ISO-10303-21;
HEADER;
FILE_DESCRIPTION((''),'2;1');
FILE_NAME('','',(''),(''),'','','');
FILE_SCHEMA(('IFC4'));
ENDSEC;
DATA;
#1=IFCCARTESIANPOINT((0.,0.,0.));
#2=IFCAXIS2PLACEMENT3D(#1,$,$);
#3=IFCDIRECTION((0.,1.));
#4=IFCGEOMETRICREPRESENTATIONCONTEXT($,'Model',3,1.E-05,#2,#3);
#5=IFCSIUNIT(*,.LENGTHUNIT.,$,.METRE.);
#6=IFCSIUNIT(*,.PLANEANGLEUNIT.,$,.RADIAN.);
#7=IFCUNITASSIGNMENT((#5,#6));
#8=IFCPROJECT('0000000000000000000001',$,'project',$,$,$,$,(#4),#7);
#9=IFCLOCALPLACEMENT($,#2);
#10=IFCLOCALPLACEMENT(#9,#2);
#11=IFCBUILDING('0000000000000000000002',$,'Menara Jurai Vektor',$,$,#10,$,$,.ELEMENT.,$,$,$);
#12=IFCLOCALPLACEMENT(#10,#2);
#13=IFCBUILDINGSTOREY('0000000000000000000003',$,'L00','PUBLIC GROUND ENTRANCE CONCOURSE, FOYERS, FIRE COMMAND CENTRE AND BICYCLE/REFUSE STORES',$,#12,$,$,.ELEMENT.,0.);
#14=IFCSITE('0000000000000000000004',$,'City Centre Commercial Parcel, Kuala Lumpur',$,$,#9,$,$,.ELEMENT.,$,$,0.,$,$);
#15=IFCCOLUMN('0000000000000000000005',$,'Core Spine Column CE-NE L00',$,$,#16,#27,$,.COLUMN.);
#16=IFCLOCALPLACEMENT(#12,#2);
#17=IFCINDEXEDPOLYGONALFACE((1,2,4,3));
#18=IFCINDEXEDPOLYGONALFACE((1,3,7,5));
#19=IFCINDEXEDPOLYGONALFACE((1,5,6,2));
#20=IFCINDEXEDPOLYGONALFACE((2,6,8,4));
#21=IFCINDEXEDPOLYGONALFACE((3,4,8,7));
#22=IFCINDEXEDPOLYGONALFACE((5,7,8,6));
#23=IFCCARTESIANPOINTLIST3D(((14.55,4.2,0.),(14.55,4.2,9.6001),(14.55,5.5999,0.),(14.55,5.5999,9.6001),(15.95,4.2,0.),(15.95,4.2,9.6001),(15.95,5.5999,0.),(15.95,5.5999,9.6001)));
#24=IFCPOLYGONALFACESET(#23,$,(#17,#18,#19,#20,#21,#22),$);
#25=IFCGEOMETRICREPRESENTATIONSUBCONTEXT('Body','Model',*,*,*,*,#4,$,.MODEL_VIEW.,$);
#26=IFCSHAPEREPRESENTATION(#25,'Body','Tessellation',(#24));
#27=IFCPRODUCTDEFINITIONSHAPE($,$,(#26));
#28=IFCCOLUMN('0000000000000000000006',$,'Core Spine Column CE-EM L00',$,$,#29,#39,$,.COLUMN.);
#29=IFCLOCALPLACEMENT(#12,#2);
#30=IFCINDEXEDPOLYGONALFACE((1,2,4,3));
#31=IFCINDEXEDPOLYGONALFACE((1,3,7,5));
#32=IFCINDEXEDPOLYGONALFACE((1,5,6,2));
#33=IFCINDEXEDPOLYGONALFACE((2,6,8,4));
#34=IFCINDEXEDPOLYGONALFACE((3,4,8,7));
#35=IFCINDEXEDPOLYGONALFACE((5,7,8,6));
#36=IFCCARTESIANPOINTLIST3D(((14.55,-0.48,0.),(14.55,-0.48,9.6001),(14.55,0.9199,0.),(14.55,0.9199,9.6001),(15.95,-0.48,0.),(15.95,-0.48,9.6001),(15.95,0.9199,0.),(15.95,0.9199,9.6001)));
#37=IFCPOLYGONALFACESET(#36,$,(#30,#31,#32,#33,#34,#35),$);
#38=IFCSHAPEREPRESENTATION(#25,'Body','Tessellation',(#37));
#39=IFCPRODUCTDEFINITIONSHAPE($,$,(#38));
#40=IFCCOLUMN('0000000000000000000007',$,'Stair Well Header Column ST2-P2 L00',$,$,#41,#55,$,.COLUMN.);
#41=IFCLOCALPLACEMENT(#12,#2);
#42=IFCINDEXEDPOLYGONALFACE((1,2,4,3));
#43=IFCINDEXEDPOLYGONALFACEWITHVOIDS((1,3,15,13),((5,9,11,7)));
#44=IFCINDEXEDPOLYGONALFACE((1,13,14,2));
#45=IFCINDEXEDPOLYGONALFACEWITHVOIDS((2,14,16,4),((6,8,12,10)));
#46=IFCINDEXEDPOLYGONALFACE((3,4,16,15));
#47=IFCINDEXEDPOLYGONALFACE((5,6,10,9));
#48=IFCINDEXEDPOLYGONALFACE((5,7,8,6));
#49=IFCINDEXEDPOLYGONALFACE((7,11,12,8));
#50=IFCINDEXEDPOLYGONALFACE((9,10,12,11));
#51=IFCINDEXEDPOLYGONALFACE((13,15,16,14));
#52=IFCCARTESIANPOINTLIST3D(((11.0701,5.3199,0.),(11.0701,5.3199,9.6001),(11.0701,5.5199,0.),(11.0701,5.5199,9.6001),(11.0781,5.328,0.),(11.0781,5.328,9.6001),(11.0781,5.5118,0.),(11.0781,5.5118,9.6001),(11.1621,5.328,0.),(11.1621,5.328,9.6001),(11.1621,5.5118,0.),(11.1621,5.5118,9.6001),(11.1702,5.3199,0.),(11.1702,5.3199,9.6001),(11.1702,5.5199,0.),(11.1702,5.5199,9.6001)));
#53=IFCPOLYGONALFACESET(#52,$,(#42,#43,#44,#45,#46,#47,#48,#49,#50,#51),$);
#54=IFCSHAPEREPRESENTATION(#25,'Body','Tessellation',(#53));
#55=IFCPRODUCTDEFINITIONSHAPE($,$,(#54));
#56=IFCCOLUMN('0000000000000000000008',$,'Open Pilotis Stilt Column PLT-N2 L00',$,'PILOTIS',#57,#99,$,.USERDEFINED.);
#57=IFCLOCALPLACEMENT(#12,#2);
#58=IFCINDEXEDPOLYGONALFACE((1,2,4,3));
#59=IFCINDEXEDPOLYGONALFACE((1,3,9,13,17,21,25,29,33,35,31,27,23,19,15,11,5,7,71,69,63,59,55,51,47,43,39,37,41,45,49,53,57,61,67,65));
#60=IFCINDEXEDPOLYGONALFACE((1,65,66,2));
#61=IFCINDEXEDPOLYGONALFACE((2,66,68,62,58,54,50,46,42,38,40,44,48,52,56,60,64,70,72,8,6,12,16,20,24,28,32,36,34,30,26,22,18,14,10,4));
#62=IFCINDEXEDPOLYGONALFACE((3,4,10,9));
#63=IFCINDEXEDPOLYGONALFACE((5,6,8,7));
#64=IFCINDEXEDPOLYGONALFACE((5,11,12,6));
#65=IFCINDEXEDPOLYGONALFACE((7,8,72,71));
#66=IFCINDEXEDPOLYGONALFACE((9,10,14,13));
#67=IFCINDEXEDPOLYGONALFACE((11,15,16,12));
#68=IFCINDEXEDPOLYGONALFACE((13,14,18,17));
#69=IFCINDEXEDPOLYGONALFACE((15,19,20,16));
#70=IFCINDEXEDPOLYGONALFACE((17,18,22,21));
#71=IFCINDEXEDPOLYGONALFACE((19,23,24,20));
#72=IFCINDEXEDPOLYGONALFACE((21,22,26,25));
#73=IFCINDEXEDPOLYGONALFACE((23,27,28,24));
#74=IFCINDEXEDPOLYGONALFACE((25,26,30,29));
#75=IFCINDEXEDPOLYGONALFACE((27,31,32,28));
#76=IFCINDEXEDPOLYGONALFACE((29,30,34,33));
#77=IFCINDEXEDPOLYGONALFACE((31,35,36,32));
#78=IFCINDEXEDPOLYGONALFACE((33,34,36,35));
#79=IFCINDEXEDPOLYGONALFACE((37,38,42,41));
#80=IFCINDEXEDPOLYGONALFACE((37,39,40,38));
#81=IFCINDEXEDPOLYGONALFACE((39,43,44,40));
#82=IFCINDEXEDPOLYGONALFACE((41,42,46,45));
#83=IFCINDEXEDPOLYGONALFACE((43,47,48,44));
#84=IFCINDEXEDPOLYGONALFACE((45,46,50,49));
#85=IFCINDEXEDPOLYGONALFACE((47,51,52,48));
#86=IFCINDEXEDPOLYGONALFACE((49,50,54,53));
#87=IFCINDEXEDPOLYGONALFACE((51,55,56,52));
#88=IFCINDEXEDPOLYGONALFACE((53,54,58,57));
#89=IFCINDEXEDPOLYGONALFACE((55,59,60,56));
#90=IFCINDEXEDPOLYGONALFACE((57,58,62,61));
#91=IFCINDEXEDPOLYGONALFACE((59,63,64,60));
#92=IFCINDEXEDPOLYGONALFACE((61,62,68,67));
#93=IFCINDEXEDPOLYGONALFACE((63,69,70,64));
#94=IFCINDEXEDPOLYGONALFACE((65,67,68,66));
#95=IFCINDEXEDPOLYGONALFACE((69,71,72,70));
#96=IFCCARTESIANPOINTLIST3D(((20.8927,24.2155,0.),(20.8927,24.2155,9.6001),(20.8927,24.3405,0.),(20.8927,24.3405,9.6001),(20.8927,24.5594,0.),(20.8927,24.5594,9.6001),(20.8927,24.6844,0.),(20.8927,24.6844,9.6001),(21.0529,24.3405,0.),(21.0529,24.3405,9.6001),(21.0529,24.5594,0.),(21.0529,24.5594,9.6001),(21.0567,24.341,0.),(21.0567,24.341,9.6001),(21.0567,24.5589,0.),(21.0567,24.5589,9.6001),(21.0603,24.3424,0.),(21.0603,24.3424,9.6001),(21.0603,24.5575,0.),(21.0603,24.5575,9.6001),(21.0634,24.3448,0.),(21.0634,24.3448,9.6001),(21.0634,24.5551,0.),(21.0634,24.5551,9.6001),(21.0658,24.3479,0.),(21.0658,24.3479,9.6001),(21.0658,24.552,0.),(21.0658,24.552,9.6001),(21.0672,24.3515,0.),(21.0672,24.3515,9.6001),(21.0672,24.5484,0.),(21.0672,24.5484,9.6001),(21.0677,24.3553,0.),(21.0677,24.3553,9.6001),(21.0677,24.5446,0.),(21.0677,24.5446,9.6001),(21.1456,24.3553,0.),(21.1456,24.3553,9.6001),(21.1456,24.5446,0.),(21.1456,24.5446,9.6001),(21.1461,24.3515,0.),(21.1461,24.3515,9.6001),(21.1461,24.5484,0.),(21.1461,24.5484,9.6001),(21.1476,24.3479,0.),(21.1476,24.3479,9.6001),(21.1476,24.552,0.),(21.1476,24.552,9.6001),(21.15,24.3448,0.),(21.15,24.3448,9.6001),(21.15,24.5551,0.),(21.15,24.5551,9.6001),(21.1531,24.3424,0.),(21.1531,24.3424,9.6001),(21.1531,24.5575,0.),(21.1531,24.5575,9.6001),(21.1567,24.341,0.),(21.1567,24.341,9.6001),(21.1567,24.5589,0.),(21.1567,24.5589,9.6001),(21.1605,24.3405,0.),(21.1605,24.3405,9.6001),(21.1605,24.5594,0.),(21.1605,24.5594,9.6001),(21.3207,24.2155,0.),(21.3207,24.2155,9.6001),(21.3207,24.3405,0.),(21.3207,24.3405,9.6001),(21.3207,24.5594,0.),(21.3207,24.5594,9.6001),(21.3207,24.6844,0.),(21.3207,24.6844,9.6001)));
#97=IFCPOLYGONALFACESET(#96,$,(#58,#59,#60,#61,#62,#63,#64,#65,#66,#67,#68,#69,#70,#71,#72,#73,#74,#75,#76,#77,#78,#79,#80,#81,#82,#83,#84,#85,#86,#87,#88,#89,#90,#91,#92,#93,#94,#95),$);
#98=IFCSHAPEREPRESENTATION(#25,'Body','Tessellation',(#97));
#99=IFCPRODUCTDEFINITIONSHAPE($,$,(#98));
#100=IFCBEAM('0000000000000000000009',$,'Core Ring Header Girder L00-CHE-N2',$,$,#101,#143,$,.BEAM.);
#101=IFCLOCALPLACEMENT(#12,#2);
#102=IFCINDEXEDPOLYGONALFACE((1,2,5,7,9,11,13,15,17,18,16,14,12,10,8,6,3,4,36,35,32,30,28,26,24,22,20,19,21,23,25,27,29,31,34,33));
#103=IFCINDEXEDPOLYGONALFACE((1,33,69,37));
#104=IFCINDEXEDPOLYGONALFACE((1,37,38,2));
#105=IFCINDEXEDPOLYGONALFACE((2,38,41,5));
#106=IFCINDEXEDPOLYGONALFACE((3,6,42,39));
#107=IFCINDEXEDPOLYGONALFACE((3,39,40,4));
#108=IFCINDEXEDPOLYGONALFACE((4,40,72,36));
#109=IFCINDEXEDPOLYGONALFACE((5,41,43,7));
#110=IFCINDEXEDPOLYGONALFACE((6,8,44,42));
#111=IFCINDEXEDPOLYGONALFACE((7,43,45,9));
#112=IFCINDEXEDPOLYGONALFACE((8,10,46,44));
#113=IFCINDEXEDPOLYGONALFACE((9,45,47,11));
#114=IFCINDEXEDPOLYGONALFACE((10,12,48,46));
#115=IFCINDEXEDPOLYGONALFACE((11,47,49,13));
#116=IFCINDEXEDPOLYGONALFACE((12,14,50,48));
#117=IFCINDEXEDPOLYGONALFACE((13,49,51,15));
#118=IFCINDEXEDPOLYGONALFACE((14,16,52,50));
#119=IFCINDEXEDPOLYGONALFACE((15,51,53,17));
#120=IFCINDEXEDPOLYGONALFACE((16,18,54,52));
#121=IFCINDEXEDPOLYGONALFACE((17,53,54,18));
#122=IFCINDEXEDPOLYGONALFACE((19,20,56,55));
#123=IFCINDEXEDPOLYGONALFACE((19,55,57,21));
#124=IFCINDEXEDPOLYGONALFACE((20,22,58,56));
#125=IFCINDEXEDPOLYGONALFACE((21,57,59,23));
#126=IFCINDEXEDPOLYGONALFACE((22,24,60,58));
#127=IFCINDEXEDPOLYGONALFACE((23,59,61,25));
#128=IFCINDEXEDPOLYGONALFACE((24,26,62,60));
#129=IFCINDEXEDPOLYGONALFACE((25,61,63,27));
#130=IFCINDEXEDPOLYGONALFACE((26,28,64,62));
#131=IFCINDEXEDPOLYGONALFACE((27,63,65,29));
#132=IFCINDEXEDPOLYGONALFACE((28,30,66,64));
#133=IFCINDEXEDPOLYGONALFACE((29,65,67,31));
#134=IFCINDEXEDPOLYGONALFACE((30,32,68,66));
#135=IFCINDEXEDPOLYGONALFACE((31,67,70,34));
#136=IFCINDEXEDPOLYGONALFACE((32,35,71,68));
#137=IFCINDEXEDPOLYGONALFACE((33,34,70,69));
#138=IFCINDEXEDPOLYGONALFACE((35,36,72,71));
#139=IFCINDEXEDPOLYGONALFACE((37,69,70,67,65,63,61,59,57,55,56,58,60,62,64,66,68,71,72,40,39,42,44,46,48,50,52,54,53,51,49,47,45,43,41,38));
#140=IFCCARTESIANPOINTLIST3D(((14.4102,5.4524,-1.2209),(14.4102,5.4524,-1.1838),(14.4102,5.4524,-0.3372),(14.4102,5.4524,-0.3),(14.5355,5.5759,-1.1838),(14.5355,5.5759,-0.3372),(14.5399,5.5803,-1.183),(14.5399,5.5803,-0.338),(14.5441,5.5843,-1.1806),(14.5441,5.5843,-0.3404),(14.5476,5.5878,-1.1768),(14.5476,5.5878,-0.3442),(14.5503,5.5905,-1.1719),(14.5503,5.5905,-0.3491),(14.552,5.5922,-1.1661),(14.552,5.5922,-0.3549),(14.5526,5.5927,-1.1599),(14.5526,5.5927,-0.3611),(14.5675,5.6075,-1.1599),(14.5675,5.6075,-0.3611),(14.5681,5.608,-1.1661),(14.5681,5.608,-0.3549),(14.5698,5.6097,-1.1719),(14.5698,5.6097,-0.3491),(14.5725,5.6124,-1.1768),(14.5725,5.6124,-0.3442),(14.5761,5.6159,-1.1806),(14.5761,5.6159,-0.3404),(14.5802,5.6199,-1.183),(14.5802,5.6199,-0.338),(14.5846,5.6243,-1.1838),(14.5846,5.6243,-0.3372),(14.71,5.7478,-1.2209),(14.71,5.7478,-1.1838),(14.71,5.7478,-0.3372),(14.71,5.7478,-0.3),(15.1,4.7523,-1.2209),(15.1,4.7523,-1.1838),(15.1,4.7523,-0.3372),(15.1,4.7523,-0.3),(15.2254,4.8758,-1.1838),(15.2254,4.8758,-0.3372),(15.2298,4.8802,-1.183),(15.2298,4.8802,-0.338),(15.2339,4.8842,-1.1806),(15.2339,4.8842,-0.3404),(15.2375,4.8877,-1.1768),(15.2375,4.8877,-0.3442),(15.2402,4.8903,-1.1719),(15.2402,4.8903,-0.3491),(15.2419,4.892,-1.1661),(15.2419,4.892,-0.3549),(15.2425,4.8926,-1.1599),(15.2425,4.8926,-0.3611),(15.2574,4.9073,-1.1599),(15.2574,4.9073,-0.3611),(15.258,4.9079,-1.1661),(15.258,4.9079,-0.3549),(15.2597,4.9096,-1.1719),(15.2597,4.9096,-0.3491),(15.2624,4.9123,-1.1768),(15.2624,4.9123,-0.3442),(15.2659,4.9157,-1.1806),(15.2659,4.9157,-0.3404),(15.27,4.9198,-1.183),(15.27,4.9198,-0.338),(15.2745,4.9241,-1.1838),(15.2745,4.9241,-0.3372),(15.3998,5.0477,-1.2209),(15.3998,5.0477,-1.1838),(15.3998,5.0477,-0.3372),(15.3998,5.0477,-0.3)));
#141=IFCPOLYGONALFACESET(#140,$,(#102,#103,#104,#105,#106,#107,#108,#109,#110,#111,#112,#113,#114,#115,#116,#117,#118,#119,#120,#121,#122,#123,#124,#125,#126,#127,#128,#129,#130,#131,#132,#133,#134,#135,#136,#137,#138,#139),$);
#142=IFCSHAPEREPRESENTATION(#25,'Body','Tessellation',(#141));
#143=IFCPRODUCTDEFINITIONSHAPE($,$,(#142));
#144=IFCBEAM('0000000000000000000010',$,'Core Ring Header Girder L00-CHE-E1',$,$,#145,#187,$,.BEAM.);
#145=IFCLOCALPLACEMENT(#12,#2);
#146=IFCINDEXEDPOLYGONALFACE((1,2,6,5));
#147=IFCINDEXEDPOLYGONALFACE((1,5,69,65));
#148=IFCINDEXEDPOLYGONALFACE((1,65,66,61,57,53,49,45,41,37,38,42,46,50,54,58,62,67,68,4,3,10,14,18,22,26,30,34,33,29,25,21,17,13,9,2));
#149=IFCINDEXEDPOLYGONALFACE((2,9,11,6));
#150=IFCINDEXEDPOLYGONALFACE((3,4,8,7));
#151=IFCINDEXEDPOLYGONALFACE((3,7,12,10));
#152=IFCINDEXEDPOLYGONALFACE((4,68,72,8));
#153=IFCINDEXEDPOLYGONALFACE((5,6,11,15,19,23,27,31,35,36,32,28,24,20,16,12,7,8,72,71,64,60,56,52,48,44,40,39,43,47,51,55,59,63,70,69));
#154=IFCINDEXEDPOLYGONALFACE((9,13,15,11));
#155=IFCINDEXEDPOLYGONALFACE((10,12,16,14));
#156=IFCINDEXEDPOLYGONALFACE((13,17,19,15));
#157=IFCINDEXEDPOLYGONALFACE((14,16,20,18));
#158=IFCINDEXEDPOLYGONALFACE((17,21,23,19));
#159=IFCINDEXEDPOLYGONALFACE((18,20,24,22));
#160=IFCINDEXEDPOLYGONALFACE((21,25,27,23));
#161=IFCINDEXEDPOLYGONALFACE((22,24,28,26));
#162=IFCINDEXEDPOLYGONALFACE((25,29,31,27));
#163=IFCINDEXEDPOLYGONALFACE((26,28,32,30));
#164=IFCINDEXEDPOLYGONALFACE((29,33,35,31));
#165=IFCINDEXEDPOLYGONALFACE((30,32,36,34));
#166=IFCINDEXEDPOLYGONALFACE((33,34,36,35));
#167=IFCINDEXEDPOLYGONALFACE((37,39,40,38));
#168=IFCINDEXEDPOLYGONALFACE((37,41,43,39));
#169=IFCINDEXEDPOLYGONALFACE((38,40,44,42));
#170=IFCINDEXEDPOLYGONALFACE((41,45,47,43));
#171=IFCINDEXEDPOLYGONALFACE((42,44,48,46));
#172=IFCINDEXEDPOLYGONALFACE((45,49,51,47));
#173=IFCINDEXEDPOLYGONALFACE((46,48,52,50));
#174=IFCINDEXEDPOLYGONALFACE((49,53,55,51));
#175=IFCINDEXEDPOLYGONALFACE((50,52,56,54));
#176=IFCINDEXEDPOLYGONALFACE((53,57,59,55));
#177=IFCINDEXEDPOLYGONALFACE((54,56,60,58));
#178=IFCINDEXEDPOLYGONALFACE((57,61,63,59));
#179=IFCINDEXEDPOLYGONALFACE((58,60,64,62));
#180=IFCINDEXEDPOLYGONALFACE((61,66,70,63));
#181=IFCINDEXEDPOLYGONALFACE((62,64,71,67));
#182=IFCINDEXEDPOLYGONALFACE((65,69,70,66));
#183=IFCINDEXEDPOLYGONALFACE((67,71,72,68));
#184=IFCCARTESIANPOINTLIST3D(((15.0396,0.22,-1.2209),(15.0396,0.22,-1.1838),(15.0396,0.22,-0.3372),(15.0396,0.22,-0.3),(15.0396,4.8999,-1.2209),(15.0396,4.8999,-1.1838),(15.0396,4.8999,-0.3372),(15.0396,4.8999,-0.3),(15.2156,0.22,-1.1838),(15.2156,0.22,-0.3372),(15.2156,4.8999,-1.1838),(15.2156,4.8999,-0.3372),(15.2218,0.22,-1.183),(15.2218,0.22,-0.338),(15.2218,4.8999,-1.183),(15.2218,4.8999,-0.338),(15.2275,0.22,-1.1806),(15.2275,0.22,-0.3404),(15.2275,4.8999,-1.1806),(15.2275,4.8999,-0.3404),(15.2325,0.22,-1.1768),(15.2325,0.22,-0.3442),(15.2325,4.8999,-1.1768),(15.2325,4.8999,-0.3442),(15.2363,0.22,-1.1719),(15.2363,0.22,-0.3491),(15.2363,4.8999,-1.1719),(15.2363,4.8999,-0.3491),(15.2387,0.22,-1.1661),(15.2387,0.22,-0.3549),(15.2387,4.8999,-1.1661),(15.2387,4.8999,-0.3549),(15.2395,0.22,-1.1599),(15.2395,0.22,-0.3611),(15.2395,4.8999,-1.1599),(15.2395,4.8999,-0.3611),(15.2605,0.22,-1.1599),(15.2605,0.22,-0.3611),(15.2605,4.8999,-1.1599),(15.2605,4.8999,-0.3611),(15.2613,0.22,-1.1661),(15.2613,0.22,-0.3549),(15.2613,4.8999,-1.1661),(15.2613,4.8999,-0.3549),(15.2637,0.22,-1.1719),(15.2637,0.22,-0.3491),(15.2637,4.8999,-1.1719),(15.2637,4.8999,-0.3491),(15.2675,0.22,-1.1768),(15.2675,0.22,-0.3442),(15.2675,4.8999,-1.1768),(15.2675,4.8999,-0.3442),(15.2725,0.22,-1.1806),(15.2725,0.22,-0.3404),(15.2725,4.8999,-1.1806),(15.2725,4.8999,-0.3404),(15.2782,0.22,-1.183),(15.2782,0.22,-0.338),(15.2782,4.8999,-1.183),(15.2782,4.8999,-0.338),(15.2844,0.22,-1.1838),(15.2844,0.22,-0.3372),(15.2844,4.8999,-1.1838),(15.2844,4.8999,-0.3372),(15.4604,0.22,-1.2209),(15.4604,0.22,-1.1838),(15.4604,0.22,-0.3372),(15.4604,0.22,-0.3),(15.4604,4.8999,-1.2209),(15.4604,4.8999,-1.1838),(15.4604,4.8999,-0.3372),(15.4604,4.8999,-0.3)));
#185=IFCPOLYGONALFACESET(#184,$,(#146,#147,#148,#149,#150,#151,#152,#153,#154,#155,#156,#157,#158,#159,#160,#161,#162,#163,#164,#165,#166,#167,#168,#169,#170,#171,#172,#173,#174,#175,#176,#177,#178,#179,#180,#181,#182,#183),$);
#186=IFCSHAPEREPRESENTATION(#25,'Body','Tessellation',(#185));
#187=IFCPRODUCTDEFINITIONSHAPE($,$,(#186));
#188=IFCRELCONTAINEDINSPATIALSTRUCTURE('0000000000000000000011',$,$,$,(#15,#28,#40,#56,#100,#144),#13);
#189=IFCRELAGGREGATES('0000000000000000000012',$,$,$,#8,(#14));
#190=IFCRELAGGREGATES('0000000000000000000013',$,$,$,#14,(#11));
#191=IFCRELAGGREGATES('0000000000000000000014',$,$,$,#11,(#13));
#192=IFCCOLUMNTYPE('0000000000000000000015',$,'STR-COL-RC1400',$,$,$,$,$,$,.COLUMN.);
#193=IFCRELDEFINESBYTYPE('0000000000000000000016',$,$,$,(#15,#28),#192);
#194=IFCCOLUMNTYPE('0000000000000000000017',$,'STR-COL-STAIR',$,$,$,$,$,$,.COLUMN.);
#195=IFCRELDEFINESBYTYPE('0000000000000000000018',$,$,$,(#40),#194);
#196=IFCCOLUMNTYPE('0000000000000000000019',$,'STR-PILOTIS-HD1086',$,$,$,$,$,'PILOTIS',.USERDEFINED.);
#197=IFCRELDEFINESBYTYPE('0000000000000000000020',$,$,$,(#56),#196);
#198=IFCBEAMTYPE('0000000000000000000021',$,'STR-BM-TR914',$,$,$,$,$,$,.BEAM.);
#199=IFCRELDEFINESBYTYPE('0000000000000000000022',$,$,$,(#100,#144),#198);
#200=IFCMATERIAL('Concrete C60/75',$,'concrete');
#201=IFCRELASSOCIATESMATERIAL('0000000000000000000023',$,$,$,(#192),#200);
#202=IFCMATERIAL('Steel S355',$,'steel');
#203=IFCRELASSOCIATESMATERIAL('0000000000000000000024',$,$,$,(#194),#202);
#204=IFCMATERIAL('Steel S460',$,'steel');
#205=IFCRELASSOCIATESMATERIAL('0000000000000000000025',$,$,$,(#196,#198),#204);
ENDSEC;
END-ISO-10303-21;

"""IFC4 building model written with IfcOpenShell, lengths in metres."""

from ifc_helpers import new_model, si_unit, direction, frame, origin, origin_2d, place, context, subcontext, project, spatial, rectangle, hollow_rectangle, i_section, extrude, material, material_profile, profile_set, type_object, element, save


model = new_model("IFC4")

# Units and contexts
model_context = context("Model", 3, precision=1e-05, world=origin(), true_north=direction((0.0, 1.0)))
body_context = subcontext(model_context, "Body", "Model", "MODEL_VIEW")
ifc_project = project(units=[si_unit("LENGTHUNIT", "METRE"), si_unit("PLANEANGLEUNIT", "RADIAN")], contexts=[model_context])

# Site, building, storey
site_placement = place(None, origin())
site = spatial("IfcSite", under=ifc_project, at=site_placement, Name="City Centre Commercial Parcel, Kuala Lumpur", CompositionType="ELEMENT", RefElevation=0.0)
building_placement = place(site_placement, origin())
building = spatial("IfcBuilding", under=site, at=building_placement, Name="Menara Jurai Vektor", CompositionType="ELEMENT")
storey_placement = place(building_placement, origin())
storey = spatial("IfcBuildingStorey", under=building, at=storey_placement, Name="L00", Description="PUBLIC GROUND ENTRANCE CONCOURSE, FOYERS, FIRE COMMAND CENTRE AND BICYCLE/REFUSE STORES", CompositionType="ELEMENT", Elevation=0.0)

# Columns
ifc_material_1 = material(Name="Concrete C60/75", Category="concrete")
ifc_material_profile_1 = material_profile(ifc_material_1, rectangle(XDim=1.3999, YDim=1.3999, at=origin_2d()), Name="RC 1400x1400")
ifc_profile_set_1 = profile_set([ifc_material_profile_1], Name="Concrete C60/75")
column_type_1 = type_object("IfcColumnType", Name="STR-COL-RC1400", PredefinedType="COLUMN", material=ifc_profile_set_1)
for number, where, z_axis, x_axis, name in (
    (1, (15.25, 4.8999, 0.0), (0.0, 0.0, 1.0), (1.0, 0.0, 0.0), "Core Spine Column CE-NE L00"),
    (2, (15.25, 0.22, 0.0), (0.0, 0.0, 1.0), (1.0, 0.0, 0.0), "Core Spine Column CE-EM L00"),
):
    element("IfcColumn", number, at=place(storey_placement, frame(where, z_axis=z_axis, x_axis=x_axis)), inside=storey, type_object=column_type_1, Name=name, PredefinedType="COLUMN", context=body_context, shape_type="SweptSolid", body=[
        extrude(rectangle(XDim=1.3999, YDim=1.3999, at=origin_2d()), origin(), (0.0, 0.0, 1.0), 9.6001),
    ])
ifc_material_2 = material(Name="Steel S355", Category="steel")
ifc_material_profile_2 = material_profile(ifc_material_2, hollow_rectangle(XDim=0.1001, YDim=0.2, WallThickness=0.0081, at=origin_2d()), Name="RHS 200x100x8")
ifc_profile_set_2 = profile_set([ifc_material_profile_2], Name="Steel S355")
column_type_2 = type_object("IfcColumnType", Name="STR-COL-STAIR", PredefinedType="COLUMN", material=ifc_profile_set_2)
column_1_placement = place(storey_placement, frame((11.1201, 5.4199, 0.0), z_axis=(0.0, 0.0, 1.0), x_axis=(1.0, 0.0, 0.0)))
element("IfcColumn", 3, at=column_1_placement, inside=storey, type_object=column_type_2, Name="Stair Well Header Column ST2-P2 L00", PredefinedType="COLUMN", context=body_context, shape_type="SweptSolid", body=[
    extrude(hollow_rectangle(XDim=0.1001, YDim=0.2, WallThickness=0.0081, at=origin_2d()), origin(), (0.0, 0.0, 1.0), 9.6001),
])
ifc_material_3 = material(Name="Steel S460", Category="steel")
ifc_material_profile_3 = material_profile(ifc_material_3, i_section(OverallWidth=0.428, OverallDepth=0.469, WebThickness=0.0779, FlangeThickness=0.125, FilletRadius=0.0149, at=origin_2d()), Name="HD 400x1086")
ifc_profile_set_3 = profile_set([ifc_material_profile_3], Name="Steel S460")
column_type_3 = type_object("IfcColumnType", Name="STR-PILOTIS-HD1086", ElementType="PILOTIS", PredefinedType="USERDEFINED", material=ifc_profile_set_3)
column_2_placement = place(storey_placement, frame((21.1067, 24.45, 0.0), z_axis=(0.0, 0.0, 1.0), x_axis=(1.0, 0.0, 0.0)))
element("IfcColumn", 4, at=column_2_placement, inside=storey, type_object=column_type_3, Name="Open Pilotis Stilt Column PLT-N2 L00", ObjectType="PILOTIS", PredefinedType="USERDEFINED", context=body_context, shape_type="SweptSolid", body=[
    extrude(i_section(OverallWidth=0.428, OverallDepth=0.469, WebThickness=0.0779, FlangeThickness=0.125, FilletRadius=0.0149, at=origin_2d()), origin(), (0.0, 0.0, 1.0), 9.6001),
])

# Beams
ifc_material_profile_4 = material_profile(ifc_material_3, i_section(OverallWidth=0.4209, OverallDepth=0.9209, WebThickness=0.021, FlangeThickness=0.0371, FilletRadius=0.0239, at=origin_2d()), Name="UKB 914x419x388")
ifc_profile_set_4 = profile_set([ifc_material_profile_4], Name="Steel S460")
beam_type_1 = type_object("IfcBeamType", Name="STR-BM-TR914", PredefinedType="BEAM", material=ifc_profile_set_4)
beam_1_placement = place(storey_placement, frame((14.5601, 5.6001, -0.7605), z_axis=(0.701872, -0.712303, 0.0), x_axis=(0.712303, 0.701872, 0.0)))
element("IfcBeam", 5, at=beam_1_placement, inside=storey, type_object=beam_type_1, Name="Core Ring Header Girder L00-CHE-N2", PredefinedType="BEAM", context=body_context, shape_type="SweptSolid", body=[
    extrude(i_section(OverallWidth=0.4209, OverallDepth=0.9209, WebThickness=0.021, FlangeThickness=0.0371, FilletRadius=0.0239, at=origin_2d()), origin(), (0.0, 0.0, 1.0), 0.9829),
])
beam_2_placement = place(storey_placement, frame((15.25, 0.22, -0.7605), z_axis=(0.0, 1.0, 0.0), x_axis=(-1.0, 0.0, 0.0)))
element("IfcBeam", 6, at=beam_2_placement, inside=storey, type_object=beam_type_1, Name="Core Ring Header Girder L00-CHE-E1", PredefinedType="BEAM", context=body_context, shape_type="SweptSolid", body=[
    extrude(i_section(OverallWidth=0.4209, OverallDepth=0.9209, WebThickness=0.021, FlangeThickness=0.0371, FilletRadius=0.0239, at=origin_2d()), origin(), (0.0, 0.0, 1.0), 4.6799),
])

save(model, "model.ifc")
